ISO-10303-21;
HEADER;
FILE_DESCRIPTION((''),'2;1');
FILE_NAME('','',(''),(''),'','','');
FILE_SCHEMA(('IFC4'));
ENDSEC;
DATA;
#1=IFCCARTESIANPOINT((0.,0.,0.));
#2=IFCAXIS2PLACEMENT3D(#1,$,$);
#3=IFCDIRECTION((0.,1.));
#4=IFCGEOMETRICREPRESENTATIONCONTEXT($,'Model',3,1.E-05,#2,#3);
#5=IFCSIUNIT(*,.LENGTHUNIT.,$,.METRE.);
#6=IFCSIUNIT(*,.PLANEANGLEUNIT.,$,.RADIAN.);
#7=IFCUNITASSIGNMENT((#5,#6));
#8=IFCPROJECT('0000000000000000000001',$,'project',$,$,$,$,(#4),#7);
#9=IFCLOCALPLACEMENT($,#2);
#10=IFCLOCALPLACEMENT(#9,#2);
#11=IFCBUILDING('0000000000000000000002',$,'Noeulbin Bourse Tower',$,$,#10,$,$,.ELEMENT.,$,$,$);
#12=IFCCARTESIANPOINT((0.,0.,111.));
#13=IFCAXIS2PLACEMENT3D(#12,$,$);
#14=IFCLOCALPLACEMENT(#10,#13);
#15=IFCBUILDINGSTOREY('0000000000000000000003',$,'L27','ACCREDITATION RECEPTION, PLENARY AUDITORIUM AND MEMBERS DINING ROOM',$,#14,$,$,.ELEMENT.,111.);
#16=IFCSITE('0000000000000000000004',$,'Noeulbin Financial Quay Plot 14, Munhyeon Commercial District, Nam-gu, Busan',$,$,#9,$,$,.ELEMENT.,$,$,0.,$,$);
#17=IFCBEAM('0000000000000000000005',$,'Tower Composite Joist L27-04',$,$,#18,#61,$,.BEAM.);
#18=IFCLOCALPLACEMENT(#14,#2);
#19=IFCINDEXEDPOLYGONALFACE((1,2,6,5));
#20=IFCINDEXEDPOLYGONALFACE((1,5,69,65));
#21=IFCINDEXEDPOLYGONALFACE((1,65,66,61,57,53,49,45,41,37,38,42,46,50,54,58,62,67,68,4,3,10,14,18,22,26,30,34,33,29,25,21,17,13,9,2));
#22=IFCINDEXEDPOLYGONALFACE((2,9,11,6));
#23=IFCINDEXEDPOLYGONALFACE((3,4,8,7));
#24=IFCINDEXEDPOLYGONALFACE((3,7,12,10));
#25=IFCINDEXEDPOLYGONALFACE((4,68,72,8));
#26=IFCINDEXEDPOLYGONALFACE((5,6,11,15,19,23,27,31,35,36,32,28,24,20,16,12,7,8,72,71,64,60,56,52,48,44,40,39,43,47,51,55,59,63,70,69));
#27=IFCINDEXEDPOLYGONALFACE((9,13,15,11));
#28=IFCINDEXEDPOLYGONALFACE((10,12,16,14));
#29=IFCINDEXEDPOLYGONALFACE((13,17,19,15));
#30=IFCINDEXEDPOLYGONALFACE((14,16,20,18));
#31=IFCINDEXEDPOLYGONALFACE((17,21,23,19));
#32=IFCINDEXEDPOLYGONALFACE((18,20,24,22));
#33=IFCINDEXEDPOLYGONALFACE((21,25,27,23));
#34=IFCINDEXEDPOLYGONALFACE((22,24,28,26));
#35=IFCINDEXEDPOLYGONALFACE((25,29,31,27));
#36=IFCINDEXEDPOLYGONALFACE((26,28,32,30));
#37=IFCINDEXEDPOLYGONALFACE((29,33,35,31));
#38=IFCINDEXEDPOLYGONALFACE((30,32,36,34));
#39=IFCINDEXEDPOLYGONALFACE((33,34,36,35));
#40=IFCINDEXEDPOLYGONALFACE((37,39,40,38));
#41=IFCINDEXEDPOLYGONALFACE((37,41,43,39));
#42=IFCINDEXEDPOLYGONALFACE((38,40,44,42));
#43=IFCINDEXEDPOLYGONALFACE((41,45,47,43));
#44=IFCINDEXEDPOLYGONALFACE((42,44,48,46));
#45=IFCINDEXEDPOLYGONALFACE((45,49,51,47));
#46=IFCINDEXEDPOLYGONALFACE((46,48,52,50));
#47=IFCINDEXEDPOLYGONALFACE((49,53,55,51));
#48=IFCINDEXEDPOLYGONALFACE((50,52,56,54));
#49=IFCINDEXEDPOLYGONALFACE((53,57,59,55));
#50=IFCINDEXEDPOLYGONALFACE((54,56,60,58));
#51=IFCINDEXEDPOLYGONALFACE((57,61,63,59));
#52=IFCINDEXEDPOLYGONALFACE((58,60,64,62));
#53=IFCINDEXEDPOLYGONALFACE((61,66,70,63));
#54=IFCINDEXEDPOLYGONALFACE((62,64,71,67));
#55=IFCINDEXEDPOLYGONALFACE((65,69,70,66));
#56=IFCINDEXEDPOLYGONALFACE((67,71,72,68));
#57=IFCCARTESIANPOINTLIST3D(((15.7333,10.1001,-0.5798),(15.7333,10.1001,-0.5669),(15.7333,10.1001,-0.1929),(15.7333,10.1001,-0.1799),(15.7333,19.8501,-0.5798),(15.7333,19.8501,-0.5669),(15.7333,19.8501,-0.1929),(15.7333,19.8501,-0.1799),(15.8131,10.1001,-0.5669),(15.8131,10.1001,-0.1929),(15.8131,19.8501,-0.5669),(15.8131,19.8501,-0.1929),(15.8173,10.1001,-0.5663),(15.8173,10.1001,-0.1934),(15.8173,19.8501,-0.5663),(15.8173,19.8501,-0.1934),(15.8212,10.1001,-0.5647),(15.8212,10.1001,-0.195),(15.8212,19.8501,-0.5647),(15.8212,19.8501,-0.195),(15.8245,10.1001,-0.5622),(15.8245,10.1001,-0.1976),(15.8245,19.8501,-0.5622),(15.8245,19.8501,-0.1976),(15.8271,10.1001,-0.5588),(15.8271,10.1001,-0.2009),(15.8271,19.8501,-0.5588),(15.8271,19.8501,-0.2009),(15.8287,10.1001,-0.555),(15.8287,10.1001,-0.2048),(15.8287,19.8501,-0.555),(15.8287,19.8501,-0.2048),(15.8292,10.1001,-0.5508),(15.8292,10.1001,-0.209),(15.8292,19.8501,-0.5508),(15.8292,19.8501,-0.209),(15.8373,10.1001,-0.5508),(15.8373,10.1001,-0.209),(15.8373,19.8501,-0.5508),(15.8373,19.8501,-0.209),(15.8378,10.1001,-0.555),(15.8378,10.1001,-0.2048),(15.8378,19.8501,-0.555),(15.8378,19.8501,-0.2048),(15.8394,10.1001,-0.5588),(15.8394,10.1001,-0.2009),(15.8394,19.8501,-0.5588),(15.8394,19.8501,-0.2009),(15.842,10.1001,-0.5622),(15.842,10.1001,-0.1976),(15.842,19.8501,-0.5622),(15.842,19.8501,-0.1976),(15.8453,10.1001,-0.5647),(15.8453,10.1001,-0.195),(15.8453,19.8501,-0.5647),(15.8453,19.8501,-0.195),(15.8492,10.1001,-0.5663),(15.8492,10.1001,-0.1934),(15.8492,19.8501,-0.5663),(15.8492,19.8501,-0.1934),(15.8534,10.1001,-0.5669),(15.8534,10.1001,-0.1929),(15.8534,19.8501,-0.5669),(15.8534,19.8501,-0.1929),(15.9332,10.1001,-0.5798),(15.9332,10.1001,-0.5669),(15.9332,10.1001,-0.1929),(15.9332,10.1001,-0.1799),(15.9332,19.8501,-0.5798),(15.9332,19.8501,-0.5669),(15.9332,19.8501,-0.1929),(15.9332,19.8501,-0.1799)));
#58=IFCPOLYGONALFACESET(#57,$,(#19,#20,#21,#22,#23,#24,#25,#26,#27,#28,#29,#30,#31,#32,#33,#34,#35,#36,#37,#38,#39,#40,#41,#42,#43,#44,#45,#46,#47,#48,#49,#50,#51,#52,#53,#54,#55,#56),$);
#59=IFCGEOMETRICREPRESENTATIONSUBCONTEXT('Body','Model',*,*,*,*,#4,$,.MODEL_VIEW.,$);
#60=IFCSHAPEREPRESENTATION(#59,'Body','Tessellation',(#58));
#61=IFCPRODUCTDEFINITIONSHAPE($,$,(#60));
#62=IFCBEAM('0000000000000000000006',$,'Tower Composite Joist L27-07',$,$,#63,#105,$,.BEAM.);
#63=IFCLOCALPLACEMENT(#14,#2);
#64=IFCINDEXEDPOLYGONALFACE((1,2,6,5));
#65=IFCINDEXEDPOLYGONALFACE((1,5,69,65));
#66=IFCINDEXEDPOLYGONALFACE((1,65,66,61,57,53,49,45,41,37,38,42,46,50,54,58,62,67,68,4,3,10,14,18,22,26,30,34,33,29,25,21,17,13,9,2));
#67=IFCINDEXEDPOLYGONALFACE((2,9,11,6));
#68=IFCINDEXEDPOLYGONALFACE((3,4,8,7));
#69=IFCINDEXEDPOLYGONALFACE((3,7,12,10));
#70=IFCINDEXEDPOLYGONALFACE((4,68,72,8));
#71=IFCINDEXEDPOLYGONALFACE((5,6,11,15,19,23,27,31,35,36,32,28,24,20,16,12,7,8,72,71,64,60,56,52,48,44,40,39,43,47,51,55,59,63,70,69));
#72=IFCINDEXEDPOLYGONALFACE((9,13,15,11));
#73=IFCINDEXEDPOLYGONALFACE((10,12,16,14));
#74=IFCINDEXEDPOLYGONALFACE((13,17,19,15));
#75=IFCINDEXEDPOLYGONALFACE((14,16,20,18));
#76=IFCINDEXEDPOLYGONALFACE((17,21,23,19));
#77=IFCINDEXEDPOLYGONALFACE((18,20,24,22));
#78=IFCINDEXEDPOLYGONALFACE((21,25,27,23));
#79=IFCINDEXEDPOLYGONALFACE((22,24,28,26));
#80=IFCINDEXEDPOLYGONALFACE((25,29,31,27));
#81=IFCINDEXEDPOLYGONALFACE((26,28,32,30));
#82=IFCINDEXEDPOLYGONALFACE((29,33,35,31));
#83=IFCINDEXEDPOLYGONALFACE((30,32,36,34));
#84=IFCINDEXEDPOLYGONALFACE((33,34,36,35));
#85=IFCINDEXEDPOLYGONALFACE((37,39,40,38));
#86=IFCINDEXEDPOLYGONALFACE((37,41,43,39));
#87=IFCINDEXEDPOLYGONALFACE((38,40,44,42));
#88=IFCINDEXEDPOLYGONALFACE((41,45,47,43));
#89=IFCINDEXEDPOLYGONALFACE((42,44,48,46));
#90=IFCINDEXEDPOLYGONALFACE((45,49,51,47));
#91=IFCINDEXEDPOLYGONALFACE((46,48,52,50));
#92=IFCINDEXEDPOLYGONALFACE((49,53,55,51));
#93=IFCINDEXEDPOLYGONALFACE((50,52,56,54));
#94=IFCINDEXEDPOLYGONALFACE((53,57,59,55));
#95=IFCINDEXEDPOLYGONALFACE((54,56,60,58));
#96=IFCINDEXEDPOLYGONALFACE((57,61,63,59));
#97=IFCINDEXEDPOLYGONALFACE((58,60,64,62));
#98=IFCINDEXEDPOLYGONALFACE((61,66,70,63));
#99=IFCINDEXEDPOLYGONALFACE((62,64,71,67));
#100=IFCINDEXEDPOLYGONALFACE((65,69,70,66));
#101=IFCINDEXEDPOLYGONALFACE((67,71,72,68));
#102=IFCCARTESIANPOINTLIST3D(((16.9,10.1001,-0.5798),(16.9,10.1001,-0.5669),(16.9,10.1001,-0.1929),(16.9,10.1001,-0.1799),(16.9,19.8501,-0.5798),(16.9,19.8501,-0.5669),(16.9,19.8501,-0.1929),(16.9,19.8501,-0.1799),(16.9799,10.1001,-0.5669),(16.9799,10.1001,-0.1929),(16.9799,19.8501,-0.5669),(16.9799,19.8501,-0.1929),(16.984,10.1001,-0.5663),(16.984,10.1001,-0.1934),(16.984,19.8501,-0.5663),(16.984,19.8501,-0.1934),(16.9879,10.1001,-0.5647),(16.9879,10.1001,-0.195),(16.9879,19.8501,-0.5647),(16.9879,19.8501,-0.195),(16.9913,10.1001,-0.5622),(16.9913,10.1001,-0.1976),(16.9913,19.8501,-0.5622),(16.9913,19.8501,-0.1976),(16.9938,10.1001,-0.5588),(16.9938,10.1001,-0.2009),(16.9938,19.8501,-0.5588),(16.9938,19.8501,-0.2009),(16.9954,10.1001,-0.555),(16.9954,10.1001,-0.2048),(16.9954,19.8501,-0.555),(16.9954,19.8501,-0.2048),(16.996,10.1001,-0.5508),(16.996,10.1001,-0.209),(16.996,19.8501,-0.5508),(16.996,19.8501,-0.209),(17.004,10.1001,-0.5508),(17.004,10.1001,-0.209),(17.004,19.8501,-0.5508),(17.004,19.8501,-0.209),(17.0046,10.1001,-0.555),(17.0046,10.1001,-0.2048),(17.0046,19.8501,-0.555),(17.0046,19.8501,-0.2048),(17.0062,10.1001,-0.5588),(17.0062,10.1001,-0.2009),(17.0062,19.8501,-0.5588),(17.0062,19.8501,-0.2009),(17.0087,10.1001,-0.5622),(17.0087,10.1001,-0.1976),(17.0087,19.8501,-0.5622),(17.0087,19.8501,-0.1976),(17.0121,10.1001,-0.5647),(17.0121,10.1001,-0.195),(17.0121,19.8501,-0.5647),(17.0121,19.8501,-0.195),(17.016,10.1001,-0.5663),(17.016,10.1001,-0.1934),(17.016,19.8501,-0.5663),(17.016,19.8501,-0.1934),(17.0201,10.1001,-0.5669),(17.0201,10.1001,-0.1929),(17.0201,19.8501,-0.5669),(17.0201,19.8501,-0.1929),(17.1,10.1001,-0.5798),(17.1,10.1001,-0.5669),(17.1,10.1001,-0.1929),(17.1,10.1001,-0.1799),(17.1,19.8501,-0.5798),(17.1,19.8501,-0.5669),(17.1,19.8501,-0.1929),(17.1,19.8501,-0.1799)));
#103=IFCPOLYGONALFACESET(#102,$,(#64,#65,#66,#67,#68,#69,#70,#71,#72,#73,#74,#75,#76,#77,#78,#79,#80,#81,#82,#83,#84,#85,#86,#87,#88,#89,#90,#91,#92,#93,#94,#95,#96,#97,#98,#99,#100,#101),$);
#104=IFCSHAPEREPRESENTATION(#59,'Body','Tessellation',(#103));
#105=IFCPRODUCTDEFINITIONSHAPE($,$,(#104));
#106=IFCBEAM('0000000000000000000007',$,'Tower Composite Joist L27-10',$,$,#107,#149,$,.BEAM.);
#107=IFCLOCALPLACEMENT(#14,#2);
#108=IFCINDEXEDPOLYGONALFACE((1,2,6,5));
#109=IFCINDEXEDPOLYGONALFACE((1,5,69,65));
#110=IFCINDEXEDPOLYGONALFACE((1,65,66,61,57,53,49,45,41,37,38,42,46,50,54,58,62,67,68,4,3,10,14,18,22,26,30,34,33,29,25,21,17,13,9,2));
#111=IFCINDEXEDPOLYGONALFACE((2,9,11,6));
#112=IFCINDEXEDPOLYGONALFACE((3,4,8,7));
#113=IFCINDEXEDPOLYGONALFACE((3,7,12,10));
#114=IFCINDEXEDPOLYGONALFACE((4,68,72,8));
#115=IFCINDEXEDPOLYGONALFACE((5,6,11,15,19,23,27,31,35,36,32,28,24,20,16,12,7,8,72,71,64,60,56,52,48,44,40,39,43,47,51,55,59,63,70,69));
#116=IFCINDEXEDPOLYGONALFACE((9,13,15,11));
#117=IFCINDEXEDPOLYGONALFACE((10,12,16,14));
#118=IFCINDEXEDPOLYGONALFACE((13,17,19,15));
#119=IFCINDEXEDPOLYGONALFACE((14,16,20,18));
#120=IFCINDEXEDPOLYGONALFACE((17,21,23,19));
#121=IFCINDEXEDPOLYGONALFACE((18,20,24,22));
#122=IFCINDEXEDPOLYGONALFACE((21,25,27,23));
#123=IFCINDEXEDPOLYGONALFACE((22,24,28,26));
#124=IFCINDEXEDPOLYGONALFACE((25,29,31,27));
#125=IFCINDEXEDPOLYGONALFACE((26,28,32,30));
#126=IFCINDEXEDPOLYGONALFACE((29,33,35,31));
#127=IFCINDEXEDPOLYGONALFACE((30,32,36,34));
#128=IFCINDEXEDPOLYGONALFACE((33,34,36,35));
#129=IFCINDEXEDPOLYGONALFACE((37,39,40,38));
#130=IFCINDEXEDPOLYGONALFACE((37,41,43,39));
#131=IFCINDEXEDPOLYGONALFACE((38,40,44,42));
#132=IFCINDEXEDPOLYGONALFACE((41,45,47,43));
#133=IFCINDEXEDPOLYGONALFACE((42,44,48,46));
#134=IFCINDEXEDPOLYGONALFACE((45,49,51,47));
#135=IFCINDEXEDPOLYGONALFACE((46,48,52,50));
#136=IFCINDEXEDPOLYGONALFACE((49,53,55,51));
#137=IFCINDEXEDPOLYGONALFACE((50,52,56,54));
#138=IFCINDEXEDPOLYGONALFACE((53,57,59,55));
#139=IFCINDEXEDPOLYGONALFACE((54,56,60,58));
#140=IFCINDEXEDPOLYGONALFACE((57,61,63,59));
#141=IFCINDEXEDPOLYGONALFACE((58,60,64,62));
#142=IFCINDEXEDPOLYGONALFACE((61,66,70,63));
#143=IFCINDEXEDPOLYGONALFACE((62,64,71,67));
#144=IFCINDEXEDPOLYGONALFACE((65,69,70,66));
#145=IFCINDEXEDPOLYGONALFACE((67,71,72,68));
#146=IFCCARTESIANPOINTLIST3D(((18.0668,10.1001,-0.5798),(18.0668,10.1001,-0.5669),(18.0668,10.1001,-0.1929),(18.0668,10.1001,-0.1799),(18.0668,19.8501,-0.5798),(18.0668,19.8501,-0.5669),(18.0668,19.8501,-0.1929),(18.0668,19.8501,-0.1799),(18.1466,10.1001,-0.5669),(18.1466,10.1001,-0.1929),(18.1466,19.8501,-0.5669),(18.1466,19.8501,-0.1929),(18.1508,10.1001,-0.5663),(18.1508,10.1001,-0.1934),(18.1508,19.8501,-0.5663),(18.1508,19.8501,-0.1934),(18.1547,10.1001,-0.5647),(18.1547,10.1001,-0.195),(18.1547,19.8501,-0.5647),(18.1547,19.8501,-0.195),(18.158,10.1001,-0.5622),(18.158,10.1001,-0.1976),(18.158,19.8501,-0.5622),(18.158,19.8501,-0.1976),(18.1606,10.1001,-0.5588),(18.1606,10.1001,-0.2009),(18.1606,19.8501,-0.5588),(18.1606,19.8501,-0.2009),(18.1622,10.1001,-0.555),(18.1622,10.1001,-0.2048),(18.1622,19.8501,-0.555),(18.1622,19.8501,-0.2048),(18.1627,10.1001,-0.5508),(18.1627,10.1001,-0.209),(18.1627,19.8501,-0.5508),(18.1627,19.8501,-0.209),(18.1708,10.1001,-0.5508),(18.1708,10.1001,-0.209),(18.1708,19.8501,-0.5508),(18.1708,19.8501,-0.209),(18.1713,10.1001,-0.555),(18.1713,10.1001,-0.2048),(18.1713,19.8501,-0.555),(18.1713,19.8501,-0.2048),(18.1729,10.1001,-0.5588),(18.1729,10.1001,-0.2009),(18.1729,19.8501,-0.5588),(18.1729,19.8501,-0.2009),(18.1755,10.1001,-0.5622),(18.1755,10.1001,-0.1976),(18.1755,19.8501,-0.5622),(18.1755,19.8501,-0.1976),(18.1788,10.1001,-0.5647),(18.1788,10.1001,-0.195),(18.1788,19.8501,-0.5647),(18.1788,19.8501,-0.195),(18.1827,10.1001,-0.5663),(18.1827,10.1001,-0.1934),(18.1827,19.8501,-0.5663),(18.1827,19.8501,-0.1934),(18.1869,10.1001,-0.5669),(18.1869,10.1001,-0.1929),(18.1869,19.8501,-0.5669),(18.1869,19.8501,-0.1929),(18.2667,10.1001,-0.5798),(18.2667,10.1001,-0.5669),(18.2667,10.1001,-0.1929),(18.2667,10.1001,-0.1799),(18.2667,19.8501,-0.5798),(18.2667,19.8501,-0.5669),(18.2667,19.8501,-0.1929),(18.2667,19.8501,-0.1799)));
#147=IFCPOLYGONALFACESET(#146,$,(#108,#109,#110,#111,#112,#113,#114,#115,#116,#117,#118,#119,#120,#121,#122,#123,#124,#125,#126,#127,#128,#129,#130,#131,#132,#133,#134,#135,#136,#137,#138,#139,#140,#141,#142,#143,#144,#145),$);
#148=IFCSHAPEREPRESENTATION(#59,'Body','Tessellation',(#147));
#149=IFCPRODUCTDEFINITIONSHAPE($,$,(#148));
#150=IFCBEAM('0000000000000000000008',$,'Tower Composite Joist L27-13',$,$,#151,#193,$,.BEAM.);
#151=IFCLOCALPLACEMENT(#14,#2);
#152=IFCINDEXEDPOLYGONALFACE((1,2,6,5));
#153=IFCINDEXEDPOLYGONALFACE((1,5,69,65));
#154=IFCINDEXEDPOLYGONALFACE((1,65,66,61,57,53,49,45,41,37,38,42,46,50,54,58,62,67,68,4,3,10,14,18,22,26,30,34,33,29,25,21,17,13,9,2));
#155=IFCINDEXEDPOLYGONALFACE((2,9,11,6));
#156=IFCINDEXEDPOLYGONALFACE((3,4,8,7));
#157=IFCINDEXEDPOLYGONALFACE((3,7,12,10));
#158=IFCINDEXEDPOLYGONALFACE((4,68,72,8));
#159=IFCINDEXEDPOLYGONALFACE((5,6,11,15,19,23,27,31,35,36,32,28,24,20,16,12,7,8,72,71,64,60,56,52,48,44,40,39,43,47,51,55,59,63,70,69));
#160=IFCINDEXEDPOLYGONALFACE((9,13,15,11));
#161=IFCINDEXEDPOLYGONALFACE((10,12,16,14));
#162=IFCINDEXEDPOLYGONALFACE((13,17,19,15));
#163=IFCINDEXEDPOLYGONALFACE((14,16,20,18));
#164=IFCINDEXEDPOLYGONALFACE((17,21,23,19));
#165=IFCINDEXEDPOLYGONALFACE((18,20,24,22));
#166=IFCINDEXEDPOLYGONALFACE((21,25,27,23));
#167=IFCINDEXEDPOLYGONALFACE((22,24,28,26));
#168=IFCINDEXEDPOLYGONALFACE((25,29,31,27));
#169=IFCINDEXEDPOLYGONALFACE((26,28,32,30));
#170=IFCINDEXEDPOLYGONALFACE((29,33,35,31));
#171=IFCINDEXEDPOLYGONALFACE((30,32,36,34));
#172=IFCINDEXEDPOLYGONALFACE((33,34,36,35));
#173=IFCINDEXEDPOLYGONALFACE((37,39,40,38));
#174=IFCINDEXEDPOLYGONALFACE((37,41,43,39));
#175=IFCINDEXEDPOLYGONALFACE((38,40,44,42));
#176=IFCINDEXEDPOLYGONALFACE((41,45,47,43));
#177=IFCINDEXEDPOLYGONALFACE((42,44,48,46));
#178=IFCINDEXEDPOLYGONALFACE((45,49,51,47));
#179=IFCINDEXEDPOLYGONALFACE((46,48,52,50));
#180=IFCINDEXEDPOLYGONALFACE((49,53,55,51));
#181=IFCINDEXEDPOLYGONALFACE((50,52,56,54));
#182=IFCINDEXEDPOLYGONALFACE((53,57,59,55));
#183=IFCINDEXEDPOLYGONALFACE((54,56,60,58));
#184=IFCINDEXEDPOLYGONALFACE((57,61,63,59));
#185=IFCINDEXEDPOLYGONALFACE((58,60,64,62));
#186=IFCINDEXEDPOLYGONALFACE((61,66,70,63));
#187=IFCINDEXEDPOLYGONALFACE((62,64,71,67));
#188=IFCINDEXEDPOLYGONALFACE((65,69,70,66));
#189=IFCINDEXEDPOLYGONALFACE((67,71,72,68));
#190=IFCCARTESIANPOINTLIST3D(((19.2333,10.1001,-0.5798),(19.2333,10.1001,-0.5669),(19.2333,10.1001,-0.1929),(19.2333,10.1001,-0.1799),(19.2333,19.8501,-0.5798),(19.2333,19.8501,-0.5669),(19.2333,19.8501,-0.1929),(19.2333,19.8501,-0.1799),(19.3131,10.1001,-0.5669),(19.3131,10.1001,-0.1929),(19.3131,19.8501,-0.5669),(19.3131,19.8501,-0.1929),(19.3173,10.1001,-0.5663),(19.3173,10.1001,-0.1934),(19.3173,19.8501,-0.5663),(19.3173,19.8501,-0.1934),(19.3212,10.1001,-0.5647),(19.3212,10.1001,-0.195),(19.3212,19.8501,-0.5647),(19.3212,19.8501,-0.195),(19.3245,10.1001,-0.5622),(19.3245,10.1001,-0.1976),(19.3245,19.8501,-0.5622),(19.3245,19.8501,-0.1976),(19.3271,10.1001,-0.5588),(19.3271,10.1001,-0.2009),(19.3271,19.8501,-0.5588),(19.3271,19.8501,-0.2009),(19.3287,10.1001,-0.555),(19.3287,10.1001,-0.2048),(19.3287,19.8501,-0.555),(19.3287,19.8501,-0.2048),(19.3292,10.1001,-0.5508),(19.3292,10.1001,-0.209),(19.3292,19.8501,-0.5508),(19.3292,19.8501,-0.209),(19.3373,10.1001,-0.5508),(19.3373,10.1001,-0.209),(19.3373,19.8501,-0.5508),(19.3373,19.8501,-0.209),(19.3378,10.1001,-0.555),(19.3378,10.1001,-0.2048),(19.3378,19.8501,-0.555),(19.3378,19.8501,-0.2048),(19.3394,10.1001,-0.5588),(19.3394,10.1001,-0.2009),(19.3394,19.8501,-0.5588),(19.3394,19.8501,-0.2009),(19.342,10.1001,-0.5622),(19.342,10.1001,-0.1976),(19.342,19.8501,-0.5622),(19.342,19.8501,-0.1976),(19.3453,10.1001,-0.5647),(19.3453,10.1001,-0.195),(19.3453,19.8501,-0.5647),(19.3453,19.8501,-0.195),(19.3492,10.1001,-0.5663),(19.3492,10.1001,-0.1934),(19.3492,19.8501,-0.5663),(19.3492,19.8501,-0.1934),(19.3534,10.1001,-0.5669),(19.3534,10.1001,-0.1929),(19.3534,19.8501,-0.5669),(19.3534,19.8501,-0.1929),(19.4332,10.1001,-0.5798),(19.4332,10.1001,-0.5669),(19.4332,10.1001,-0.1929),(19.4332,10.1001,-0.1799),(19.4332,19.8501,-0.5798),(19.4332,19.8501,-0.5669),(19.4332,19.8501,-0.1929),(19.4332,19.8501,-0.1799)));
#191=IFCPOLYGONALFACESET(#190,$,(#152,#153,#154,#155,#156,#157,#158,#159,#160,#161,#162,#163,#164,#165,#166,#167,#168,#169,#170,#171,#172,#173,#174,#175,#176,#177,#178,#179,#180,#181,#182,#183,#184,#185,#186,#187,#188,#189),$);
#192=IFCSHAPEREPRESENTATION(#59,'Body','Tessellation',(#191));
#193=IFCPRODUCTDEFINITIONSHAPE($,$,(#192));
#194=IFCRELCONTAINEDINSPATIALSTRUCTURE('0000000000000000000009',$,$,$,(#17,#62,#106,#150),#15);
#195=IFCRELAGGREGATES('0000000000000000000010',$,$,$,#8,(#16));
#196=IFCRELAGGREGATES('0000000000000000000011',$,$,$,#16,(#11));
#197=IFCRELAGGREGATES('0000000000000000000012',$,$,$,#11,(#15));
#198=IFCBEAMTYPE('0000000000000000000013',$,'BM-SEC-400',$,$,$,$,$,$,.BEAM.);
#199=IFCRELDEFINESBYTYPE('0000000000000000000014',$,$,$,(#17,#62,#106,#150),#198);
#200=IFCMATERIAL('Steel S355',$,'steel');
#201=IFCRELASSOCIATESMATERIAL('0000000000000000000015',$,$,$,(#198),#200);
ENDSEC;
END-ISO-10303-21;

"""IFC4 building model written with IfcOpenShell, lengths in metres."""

from ifc_helpers import new_model, si_unit, direction, frame, origin, origin_2d, place, context, subcontext, project, spatial, i_section, extrude, material, material_profile, profile_set, type_object, element, save


model = new_model("IFC4")

# Units and contexts
model_context = context("Model", 3, precision=1e-05, world=origin(), true_north=direction((0.0, 1.0)))
body_context = subcontext(model_context, "Body", "Model", "MODEL_VIEW")
ifc_project = project(units=[si_unit("LENGTHUNIT", "METRE"), si_unit("PLANEANGLEUNIT", "RADIAN")], contexts=[model_context])

# Site, building, storey
site_placement = place(None, origin())
site = spatial("IfcSite", under=ifc_project, at=site_placement, Name="Noeulbin Financial Quay Plot 14, Munhyeon Commercial District, Nam-gu, Busan", CompositionType="ELEMENT", RefElevation=0.0)
building_placement = place(site_placement, origin())
building = spatial("IfcBuilding", under=site, at=building_placement, Name="Noeulbin Bourse Tower", CompositionType="ELEMENT")
storey_placement = place(building_placement, frame((0.0, 0.0, 111.0)))
storey = spatial("IfcBuildingStorey", under=building, at=storey_placement, Name="L27", Description="ACCREDITATION RECEPTION, PLENARY AUDITORIUM AND MEMBERS DINING ROOM", CompositionType="ELEMENT", Elevation=111.0)

# Shared definitions
ifc_material_1 = material(Name="Steel S355", Category="steel")

# Beams
ifc_material_profile_1 = material_profile(ifc_material_1, i_section(OverallWidth=0.2, OverallDepth=0.3999, WebThickness=0.0081, FlangeThickness=0.0129, FilletRadius=0.0161, at=origin_2d()), Name="H-400x200x8x13", Category="LoadBearing")
ifc_profile_set_1 = profile_set([ifc_material_profile_1], Name="Steel S355")
beam_type_1 = type_object("IfcBeamType", Name="BM-SEC-400", PredefinedType="BEAM", material=ifc_profile_set_1)
for number, where, z_axis, x_axis, name in (
    (1, (15.8333, 10.1001, -0.3799), (0.0, 1.0, 0.0), (-1.0, 0.0, 0.0), "Tower Composite Joist L27-04"),
    (2, (17.0, 10.1001, -0.3799), (0.0, 1.0, 0.0), (-1.0, 0.0, 0.0), "Tower Composite Joist L27-07"),
    (3, (18.1667, 10.1001, -0.3799), (0.0, 1.0, 0.0), (-1.0, 0.0, 0.0), "Tower Composite Joist L27-10"),
    (4, (19.3333, 10.1001, -0.3799), (0.0, 1.0, 0.0), (-1.0, 0.0, 0.0), "Tower Composite Joist L27-13"),
):
    element("IfcBeam", number, at=place(storey_placement, frame(where, z_axis=z_axis, x_axis=x_axis)), inside=storey, type_object=beam_type_1, Name=name, PredefinedType="BEAM", context=body_context, shape_type="SweptSolid", body=[
        extrude(i_section(OverallWidth=0.2, OverallDepth=0.3999, WebThickness=0.0081, FlangeThickness=0.0129, FilletRadius=0.0161, at=origin_2d()), origin(), (0.0, 0.0, 1.0), 9.75),
    ])

save(model, "model.ifc")
